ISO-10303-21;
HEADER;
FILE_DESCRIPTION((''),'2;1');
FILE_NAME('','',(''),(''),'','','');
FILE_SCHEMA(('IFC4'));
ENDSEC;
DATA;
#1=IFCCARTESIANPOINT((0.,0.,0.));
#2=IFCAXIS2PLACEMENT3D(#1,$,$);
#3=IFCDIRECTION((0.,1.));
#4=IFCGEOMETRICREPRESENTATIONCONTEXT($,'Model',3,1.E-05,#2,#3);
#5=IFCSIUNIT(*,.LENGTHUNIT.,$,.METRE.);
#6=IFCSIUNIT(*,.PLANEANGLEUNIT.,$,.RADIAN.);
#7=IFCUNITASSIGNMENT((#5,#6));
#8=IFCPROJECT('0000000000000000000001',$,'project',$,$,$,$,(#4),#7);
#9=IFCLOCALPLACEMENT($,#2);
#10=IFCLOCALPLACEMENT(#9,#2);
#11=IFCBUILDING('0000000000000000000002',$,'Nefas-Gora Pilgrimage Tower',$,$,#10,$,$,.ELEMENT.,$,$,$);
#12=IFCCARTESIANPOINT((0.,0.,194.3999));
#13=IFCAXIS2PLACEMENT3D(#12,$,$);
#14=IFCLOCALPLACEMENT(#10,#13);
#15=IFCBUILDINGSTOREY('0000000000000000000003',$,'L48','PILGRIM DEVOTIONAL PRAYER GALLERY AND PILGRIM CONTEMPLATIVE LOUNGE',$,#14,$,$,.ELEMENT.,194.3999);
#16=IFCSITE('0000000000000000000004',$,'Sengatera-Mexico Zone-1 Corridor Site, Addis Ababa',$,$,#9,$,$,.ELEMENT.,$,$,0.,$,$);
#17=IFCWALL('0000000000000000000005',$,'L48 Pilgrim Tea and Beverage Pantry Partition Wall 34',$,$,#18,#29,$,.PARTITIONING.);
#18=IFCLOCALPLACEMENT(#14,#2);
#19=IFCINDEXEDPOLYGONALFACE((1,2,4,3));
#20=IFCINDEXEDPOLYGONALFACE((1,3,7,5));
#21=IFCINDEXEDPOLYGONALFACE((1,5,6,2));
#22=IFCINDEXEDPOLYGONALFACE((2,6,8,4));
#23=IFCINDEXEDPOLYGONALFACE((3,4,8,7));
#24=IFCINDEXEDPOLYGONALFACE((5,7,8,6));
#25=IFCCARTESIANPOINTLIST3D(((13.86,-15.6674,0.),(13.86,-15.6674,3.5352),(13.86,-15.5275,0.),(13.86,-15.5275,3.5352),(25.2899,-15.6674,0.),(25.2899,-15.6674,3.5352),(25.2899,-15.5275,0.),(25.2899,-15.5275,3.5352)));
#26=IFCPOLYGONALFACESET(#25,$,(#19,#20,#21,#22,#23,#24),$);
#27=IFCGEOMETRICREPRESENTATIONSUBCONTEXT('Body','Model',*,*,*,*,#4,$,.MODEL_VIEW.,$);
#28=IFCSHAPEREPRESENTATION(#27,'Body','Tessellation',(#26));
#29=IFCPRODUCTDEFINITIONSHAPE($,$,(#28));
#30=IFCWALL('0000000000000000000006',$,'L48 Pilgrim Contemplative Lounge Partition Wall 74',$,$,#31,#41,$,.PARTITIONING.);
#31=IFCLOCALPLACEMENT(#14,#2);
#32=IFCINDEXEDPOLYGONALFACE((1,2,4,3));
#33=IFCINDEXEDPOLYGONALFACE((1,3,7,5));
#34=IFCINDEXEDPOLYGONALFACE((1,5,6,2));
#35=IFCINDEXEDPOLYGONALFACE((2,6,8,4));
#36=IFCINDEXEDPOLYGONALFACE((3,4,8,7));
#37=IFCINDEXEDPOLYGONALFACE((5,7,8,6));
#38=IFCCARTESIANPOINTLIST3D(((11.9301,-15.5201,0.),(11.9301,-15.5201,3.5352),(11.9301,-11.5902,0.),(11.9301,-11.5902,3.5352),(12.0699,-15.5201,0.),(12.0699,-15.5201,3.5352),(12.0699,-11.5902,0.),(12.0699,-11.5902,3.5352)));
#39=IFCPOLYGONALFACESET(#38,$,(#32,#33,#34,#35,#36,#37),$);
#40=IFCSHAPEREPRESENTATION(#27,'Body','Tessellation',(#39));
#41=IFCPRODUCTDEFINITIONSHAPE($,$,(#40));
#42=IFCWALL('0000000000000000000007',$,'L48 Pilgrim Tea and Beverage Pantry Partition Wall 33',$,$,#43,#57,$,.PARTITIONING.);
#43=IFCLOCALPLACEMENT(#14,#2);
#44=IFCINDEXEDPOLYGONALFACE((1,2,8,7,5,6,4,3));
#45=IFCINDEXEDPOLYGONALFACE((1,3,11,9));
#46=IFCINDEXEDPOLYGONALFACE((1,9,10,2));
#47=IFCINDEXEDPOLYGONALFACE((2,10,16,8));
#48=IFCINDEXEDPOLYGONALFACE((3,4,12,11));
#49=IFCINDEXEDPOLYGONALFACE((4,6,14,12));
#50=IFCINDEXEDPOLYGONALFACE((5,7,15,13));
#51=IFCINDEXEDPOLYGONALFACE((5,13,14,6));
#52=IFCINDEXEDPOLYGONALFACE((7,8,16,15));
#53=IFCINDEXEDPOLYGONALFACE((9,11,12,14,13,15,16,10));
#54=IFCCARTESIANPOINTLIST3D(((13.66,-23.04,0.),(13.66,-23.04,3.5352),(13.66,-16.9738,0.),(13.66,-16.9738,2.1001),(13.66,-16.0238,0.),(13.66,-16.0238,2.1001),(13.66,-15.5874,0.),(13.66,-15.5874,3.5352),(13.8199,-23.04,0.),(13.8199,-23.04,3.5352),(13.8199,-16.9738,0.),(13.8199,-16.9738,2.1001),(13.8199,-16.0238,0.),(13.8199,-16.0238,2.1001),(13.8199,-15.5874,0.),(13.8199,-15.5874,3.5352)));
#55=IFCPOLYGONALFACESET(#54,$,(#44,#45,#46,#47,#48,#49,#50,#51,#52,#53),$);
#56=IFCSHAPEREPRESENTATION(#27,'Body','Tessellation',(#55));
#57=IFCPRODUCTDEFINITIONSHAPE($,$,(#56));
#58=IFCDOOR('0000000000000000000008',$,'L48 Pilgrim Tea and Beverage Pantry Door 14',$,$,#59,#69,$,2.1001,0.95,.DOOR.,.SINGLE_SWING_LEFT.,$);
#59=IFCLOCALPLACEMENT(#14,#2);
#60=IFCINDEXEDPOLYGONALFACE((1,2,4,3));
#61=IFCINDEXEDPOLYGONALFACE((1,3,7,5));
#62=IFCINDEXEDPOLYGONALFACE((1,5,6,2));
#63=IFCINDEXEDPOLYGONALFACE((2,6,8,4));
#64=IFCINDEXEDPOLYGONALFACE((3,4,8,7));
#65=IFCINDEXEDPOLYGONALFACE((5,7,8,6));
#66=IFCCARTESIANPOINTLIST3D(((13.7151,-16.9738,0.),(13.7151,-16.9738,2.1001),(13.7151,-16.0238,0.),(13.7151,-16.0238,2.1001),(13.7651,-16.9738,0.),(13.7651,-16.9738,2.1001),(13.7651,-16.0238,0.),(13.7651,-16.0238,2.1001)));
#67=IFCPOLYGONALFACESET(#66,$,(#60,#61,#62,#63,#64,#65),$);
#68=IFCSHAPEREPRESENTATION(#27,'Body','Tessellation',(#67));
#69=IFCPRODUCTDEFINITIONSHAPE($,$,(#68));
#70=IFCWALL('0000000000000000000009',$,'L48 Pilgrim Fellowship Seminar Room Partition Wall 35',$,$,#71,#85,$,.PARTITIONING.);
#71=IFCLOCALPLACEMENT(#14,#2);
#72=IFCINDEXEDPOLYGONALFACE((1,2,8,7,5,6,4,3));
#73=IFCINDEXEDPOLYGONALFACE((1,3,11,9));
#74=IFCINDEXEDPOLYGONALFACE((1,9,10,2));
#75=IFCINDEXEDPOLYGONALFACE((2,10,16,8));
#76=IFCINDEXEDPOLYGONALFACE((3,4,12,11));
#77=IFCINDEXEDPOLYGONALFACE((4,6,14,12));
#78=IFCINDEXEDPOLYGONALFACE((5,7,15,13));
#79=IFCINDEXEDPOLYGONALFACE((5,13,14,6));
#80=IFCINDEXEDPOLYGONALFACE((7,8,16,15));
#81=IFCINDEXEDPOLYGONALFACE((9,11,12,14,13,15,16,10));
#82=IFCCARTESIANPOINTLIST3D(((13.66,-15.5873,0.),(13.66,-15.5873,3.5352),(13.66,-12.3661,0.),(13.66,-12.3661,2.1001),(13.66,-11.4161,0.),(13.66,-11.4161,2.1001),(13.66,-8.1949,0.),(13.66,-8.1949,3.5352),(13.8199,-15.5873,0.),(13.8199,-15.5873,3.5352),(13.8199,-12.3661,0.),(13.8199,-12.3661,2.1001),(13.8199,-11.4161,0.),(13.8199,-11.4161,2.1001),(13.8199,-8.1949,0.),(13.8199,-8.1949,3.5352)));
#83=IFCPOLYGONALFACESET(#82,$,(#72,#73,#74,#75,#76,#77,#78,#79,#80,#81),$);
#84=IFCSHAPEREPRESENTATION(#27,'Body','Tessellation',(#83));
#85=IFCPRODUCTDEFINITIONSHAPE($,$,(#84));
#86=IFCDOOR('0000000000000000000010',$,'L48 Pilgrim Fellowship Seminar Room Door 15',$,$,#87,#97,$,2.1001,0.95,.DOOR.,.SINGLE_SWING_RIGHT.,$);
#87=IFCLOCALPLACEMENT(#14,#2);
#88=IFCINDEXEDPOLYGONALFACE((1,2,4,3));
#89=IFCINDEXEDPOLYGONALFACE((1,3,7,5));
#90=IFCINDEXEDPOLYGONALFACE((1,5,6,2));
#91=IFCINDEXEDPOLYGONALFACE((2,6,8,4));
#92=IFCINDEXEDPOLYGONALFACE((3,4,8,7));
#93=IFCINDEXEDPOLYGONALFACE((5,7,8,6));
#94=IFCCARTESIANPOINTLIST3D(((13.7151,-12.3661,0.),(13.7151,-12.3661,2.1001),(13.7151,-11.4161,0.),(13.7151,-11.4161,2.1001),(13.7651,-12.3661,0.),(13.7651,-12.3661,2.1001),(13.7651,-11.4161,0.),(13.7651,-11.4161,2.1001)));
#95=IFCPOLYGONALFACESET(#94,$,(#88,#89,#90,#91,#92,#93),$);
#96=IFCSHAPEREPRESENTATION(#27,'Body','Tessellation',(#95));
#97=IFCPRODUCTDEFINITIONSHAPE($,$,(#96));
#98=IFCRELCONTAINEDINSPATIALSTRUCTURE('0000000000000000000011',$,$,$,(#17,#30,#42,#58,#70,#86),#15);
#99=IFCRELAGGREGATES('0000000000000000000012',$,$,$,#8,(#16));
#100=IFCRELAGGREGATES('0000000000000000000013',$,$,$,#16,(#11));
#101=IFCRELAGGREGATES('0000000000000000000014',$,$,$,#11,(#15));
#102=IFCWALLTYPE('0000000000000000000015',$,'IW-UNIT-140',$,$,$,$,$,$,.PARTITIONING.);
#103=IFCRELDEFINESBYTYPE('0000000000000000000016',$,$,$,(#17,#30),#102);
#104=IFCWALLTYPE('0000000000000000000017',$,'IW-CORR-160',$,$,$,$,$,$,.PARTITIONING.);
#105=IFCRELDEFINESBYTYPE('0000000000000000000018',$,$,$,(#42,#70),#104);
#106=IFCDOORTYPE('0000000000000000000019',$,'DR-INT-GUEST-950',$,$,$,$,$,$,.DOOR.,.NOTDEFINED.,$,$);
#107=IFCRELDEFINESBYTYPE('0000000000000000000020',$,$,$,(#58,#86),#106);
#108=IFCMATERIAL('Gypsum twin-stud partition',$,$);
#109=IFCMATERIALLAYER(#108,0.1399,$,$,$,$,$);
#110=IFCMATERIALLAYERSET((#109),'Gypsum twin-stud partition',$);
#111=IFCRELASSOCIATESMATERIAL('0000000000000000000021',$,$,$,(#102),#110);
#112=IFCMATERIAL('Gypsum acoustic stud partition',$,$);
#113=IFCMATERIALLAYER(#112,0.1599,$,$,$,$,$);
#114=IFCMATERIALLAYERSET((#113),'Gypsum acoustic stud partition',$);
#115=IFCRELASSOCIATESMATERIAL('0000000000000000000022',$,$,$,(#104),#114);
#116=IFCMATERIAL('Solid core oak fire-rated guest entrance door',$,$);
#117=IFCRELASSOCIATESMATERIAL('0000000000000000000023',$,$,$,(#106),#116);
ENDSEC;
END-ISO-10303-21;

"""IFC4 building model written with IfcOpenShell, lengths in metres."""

from ifc_helpers import new_model, si_unit, direction, frame, frame_2d, origin, place, context, subcontext, project, spatial, rectangle, extrude, source, transform, mapped, material, layer, layer_set, type_object, element, fill, save


model = new_model("IFC4")

# Units and contexts
model_context = context("Model", 3, precision=1e-05, world=origin(), true_north=direction((0.0, 1.0)))
body_context = subcontext(model_context, "Body", "Model", "MODEL_VIEW")
ifc_project = project(units=[si_unit("LENGTHUNIT", "METRE"), si_unit("PLANEANGLEUNIT", "RADIAN")], contexts=[model_context])

# Site, building, storey
site_placement = place(None, origin())
site = spatial("IfcSite", under=ifc_project, at=site_placement, Name="Sengatera-Mexico Zone-1 Corridor Site, Addis Ababa", CompositionType="ELEMENT", RefElevation=0.0)
building_placement = place(site_placement, origin())
building = spatial("IfcBuilding", under=site, at=building_placement, Name="Nefas-Gora Pilgrimage Tower", CompositionType="ELEMENT")
storey_placement = place(building_placement, frame((0.0, 0.0, 194.3999)))
storey = spatial("IfcBuildingStorey", under=building, at=storey_placement, Name="L48", Description="PILGRIM DEVOTIONAL PRAYER GALLERY AND PILGRIM CONTEMPLATIVE LOUNGE", CompositionType="ELEMENT", Elevation=194.3999)

# Walls
ifc_material_1 = material(Name="Gypsum twin-stud partition")
ifc_layer_1 = layer(ifc_material_1, 0.1399)
ifc_layer_set_1 = layer_set([ifc_layer_1], Name="Gypsum twin-stud partition")
wall_type_1 = type_object("IfcWallType", Name="IW-UNIT-140", PredefinedType="PARTITIONING", material=ifc_layer_set_1)
shared_shape_1 = source(origin(), body_context, "Body", "SweptSolid", [
    extrude(rectangle(XDim=11.4299, YDim=0.1399, at=frame_2d((5.7148, 0.0))), origin(), (0.0, 0.0, 1.0), 3.5352),
])
wall_1_placement = place(storey_placement, frame((13.8601, -15.5974, 0.0), z_axis=(0.0, 0.0, 1.0), x_axis=(1.0, 0.0, 0.0)))
element("IfcWall", 1, at=wall_1_placement, inside=storey, type_object=wall_type_1, Name="L48 Pilgrim Tea and Beverage Pantry Partition Wall 34", PredefinedType="PARTITIONING", context=body_context, shape_type="MappedRepresentation", body=[
    mapped(shared_shape_1, transform((0.0, 0.0, 0.0), x_axis=(1.0, 0.0, 0.0), y_axis=(0.0, 1.0, 0.0), z_axis=(0.0, 0.0, 1.0), scale=1.0)),
])
shared_shape_2 = source(origin(), body_context, "Body", "SweptSolid", [
    extrude(rectangle(XDim=3.9299, YDim=0.1399, at=frame_2d((1.9648, 0.0))), origin(), (0.0, 0.0, 1.0), 3.5352),
])
wall_2_placement = place(storey_placement, frame((12.0, -15.52, 0.0), z_axis=(0.0, 0.0, 1.0), x_axis=(0.0, 1.0, 0.0)))
element("IfcWall", 2, at=wall_2_placement, inside=storey, type_object=wall_type_1, Name="L48 Pilgrim Contemplative Lounge Partition Wall 74", PredefinedType="PARTITIONING", context=body_context, shape_type="MappedRepresentation", body=[
    mapped(shared_shape_2, transform((0.0, 0.0, 0.0), x_axis=(1.0, 0.0, 0.0), y_axis=(0.0, 1.0, 0.0), z_axis=(0.0, 0.0, 1.0), scale=1.0)),
])

# Walls, openings, doors
ifc_material_2 = material(Name="Gypsum acoustic stud partition")
ifc_layer_2 = layer(ifc_material_2, 0.1599)
ifc_layer_set_2 = layer_set([ifc_layer_2], Name="Gypsum acoustic stud partition")
wall_type_2 = type_object("IfcWallType", Name="IW-CORR-160", PredefinedType="PARTITIONING", material=ifc_layer_set_2)
shared_shape_3 = source(origin(), body_context, "Body", "SweptSolid", [
    extrude(rectangle(XDim=7.4526, YDim=0.1599, at=frame_2d((3.7263, 0.0))), origin(), (0.0, 0.0, 1.0), 3.5352),
])
wall_3_placement = place(storey_placement, frame((13.74, -23.04, 0.0), z_axis=(0.0, 0.0, 1.0), x_axis=(0.0, 1.0, 0.0)))
wall_3 = element("IfcWall", 3, at=wall_3_placement, inside=storey, type_object=wall_type_2, Name="L48 Pilgrim Tea and Beverage Pantry Partition Wall 33", PredefinedType="PARTITIONING", context=body_context, shape_type="MappedRepresentation", body=[
    mapped(shared_shape_3, transform((0.0, 0.0, 0.0), x_axis=(1.0, 0.0, 0.0), y_axis=(0.0, 1.0, 0.0), z_axis=(0.0, 0.0, 1.0), scale=1.0)),
])
opening_1_placement = place(wall_3_placement, frame((6.0662, 0.0, 0.0)))
opening_1 = element("IfcOpeningElement", 4, at=opening_1_placement, cuts=wall_3, PredefinedType="OPENING", context=body_context, shape_type="SweptSolid", body=[
    extrude(rectangle(XDim=0.95, YDim=2.1001, at=frame_2d((0.4751, 1.05))), frame((0.0, 0.0898, 0.0), z_axis=(0.0, -1.0, 0.0), x_axis=(1.0, 0.0, 0.0)), (0.0, 0.0, 1.0), 0.1799),
])
ifc_material_3 = material(Name="Solid core oak fire-rated guest entrance door")
door_type = type_object("IfcDoorType", Name="DR-INT-GUEST-950", OperationType="NOTDEFINED", PredefinedType="DOOR", material=ifc_material_3)
shared_shape_4 = source(origin(), body_context, "Body", "SweptSolid", [
    extrude(rectangle(XDim=0.95, YDim=2.1001, at=frame_2d((0.4751, 1.05))), frame((0.0, 0.0249, 0.0), z_axis=(0.0, -1.0, 0.0), x_axis=(1.0, 0.0, 0.0)), (0.0, 0.0, 1.0), 0.05),
])
door_1_placement = place(opening_1_placement, origin())
door_1 = element("IfcDoor", 5, at=door_1_placement, inside=storey, type_object=door_type, Name="L48 Pilgrim Tea and Beverage Pantry Door 14", OperationType="SINGLE_SWING_LEFT", OverallHeight=2.1001, OverallWidth=0.95, PredefinedType="DOOR", context=body_context, shape_type="MappedRepresentation", body=[
    mapped(shared_shape_4, transform((0.0, 0.0, 0.0), x_axis=(1.0, 0.0, 0.0), y_axis=(0.0, 1.0, 0.0), z_axis=(0.0, 0.0, 1.0), scale=1.0)),
])
fill(opening_1, door_1)
shared_shape_5 = source(origin(), body_context, "Body", "SweptSolid", [
    extrude(rectangle(XDim=7.3923, YDim=0.1599, at=frame_2d((3.6963, 0.0))), origin(), (0.0, 0.0, 1.0), 3.5352),
])
wall_4_placement = place(storey_placement, frame((13.74, -15.5874, 0.0), z_axis=(0.0, 0.0, 1.0), x_axis=(0.0, 1.0, 0.0)))
wall_4 = element("IfcWall", 6, at=wall_4_placement, inside=storey, type_object=wall_type_2, Name="L48 Pilgrim Fellowship Seminar Room Partition Wall 35", PredefinedType="PARTITIONING", context=body_context, shape_type="MappedRepresentation", body=[
    mapped(shared_shape_5, transform((0.0, 0.0, 0.0), x_axis=(1.0, 0.0, 0.0), y_axis=(0.0, 1.0, 0.0), z_axis=(0.0, 0.0, 1.0), scale=1.0)),
])
opening_2_placement = place(wall_4_placement, frame((3.2212, 0.0, 0.0)))
opening_2 = element("IfcOpeningElement", 7, at=opening_2_placement, cuts=wall_4, PredefinedType="OPENING", context=body_context, shape_type="SweptSolid", body=[
    extrude(rectangle(XDim=0.95, YDim=2.1001, at=frame_2d((0.4751, 1.05))), frame((0.0, 0.0898, 0.0), z_axis=(0.0, -1.0, 0.0), x_axis=(1.0, 0.0, 0.0)), (0.0, 0.0, 1.0), 0.1799),
])
door_2_placement = place(opening_2_placement, origin())
door_2 = element("IfcDoor", 8, at=door_2_placement, inside=storey, type_object=door_type, Name="L48 Pilgrim Fellowship Seminar Room Door 15", OperationType="SINGLE_SWING_RIGHT", OverallHeight=2.1001, OverallWidth=0.95, PredefinedType="DOOR", context=body_context, shape_type="MappedRepresentation", body=[
    mapped(shared_shape_4, transform((0.0, 0.0, 0.0), x_axis=(1.0, 0.0, 0.0), y_axis=(0.0, 1.0, 0.0), z_axis=(0.0, 0.0, 1.0), scale=1.0)),
])
fill(opening_2, door_2)

save(model, "model.ifc")
